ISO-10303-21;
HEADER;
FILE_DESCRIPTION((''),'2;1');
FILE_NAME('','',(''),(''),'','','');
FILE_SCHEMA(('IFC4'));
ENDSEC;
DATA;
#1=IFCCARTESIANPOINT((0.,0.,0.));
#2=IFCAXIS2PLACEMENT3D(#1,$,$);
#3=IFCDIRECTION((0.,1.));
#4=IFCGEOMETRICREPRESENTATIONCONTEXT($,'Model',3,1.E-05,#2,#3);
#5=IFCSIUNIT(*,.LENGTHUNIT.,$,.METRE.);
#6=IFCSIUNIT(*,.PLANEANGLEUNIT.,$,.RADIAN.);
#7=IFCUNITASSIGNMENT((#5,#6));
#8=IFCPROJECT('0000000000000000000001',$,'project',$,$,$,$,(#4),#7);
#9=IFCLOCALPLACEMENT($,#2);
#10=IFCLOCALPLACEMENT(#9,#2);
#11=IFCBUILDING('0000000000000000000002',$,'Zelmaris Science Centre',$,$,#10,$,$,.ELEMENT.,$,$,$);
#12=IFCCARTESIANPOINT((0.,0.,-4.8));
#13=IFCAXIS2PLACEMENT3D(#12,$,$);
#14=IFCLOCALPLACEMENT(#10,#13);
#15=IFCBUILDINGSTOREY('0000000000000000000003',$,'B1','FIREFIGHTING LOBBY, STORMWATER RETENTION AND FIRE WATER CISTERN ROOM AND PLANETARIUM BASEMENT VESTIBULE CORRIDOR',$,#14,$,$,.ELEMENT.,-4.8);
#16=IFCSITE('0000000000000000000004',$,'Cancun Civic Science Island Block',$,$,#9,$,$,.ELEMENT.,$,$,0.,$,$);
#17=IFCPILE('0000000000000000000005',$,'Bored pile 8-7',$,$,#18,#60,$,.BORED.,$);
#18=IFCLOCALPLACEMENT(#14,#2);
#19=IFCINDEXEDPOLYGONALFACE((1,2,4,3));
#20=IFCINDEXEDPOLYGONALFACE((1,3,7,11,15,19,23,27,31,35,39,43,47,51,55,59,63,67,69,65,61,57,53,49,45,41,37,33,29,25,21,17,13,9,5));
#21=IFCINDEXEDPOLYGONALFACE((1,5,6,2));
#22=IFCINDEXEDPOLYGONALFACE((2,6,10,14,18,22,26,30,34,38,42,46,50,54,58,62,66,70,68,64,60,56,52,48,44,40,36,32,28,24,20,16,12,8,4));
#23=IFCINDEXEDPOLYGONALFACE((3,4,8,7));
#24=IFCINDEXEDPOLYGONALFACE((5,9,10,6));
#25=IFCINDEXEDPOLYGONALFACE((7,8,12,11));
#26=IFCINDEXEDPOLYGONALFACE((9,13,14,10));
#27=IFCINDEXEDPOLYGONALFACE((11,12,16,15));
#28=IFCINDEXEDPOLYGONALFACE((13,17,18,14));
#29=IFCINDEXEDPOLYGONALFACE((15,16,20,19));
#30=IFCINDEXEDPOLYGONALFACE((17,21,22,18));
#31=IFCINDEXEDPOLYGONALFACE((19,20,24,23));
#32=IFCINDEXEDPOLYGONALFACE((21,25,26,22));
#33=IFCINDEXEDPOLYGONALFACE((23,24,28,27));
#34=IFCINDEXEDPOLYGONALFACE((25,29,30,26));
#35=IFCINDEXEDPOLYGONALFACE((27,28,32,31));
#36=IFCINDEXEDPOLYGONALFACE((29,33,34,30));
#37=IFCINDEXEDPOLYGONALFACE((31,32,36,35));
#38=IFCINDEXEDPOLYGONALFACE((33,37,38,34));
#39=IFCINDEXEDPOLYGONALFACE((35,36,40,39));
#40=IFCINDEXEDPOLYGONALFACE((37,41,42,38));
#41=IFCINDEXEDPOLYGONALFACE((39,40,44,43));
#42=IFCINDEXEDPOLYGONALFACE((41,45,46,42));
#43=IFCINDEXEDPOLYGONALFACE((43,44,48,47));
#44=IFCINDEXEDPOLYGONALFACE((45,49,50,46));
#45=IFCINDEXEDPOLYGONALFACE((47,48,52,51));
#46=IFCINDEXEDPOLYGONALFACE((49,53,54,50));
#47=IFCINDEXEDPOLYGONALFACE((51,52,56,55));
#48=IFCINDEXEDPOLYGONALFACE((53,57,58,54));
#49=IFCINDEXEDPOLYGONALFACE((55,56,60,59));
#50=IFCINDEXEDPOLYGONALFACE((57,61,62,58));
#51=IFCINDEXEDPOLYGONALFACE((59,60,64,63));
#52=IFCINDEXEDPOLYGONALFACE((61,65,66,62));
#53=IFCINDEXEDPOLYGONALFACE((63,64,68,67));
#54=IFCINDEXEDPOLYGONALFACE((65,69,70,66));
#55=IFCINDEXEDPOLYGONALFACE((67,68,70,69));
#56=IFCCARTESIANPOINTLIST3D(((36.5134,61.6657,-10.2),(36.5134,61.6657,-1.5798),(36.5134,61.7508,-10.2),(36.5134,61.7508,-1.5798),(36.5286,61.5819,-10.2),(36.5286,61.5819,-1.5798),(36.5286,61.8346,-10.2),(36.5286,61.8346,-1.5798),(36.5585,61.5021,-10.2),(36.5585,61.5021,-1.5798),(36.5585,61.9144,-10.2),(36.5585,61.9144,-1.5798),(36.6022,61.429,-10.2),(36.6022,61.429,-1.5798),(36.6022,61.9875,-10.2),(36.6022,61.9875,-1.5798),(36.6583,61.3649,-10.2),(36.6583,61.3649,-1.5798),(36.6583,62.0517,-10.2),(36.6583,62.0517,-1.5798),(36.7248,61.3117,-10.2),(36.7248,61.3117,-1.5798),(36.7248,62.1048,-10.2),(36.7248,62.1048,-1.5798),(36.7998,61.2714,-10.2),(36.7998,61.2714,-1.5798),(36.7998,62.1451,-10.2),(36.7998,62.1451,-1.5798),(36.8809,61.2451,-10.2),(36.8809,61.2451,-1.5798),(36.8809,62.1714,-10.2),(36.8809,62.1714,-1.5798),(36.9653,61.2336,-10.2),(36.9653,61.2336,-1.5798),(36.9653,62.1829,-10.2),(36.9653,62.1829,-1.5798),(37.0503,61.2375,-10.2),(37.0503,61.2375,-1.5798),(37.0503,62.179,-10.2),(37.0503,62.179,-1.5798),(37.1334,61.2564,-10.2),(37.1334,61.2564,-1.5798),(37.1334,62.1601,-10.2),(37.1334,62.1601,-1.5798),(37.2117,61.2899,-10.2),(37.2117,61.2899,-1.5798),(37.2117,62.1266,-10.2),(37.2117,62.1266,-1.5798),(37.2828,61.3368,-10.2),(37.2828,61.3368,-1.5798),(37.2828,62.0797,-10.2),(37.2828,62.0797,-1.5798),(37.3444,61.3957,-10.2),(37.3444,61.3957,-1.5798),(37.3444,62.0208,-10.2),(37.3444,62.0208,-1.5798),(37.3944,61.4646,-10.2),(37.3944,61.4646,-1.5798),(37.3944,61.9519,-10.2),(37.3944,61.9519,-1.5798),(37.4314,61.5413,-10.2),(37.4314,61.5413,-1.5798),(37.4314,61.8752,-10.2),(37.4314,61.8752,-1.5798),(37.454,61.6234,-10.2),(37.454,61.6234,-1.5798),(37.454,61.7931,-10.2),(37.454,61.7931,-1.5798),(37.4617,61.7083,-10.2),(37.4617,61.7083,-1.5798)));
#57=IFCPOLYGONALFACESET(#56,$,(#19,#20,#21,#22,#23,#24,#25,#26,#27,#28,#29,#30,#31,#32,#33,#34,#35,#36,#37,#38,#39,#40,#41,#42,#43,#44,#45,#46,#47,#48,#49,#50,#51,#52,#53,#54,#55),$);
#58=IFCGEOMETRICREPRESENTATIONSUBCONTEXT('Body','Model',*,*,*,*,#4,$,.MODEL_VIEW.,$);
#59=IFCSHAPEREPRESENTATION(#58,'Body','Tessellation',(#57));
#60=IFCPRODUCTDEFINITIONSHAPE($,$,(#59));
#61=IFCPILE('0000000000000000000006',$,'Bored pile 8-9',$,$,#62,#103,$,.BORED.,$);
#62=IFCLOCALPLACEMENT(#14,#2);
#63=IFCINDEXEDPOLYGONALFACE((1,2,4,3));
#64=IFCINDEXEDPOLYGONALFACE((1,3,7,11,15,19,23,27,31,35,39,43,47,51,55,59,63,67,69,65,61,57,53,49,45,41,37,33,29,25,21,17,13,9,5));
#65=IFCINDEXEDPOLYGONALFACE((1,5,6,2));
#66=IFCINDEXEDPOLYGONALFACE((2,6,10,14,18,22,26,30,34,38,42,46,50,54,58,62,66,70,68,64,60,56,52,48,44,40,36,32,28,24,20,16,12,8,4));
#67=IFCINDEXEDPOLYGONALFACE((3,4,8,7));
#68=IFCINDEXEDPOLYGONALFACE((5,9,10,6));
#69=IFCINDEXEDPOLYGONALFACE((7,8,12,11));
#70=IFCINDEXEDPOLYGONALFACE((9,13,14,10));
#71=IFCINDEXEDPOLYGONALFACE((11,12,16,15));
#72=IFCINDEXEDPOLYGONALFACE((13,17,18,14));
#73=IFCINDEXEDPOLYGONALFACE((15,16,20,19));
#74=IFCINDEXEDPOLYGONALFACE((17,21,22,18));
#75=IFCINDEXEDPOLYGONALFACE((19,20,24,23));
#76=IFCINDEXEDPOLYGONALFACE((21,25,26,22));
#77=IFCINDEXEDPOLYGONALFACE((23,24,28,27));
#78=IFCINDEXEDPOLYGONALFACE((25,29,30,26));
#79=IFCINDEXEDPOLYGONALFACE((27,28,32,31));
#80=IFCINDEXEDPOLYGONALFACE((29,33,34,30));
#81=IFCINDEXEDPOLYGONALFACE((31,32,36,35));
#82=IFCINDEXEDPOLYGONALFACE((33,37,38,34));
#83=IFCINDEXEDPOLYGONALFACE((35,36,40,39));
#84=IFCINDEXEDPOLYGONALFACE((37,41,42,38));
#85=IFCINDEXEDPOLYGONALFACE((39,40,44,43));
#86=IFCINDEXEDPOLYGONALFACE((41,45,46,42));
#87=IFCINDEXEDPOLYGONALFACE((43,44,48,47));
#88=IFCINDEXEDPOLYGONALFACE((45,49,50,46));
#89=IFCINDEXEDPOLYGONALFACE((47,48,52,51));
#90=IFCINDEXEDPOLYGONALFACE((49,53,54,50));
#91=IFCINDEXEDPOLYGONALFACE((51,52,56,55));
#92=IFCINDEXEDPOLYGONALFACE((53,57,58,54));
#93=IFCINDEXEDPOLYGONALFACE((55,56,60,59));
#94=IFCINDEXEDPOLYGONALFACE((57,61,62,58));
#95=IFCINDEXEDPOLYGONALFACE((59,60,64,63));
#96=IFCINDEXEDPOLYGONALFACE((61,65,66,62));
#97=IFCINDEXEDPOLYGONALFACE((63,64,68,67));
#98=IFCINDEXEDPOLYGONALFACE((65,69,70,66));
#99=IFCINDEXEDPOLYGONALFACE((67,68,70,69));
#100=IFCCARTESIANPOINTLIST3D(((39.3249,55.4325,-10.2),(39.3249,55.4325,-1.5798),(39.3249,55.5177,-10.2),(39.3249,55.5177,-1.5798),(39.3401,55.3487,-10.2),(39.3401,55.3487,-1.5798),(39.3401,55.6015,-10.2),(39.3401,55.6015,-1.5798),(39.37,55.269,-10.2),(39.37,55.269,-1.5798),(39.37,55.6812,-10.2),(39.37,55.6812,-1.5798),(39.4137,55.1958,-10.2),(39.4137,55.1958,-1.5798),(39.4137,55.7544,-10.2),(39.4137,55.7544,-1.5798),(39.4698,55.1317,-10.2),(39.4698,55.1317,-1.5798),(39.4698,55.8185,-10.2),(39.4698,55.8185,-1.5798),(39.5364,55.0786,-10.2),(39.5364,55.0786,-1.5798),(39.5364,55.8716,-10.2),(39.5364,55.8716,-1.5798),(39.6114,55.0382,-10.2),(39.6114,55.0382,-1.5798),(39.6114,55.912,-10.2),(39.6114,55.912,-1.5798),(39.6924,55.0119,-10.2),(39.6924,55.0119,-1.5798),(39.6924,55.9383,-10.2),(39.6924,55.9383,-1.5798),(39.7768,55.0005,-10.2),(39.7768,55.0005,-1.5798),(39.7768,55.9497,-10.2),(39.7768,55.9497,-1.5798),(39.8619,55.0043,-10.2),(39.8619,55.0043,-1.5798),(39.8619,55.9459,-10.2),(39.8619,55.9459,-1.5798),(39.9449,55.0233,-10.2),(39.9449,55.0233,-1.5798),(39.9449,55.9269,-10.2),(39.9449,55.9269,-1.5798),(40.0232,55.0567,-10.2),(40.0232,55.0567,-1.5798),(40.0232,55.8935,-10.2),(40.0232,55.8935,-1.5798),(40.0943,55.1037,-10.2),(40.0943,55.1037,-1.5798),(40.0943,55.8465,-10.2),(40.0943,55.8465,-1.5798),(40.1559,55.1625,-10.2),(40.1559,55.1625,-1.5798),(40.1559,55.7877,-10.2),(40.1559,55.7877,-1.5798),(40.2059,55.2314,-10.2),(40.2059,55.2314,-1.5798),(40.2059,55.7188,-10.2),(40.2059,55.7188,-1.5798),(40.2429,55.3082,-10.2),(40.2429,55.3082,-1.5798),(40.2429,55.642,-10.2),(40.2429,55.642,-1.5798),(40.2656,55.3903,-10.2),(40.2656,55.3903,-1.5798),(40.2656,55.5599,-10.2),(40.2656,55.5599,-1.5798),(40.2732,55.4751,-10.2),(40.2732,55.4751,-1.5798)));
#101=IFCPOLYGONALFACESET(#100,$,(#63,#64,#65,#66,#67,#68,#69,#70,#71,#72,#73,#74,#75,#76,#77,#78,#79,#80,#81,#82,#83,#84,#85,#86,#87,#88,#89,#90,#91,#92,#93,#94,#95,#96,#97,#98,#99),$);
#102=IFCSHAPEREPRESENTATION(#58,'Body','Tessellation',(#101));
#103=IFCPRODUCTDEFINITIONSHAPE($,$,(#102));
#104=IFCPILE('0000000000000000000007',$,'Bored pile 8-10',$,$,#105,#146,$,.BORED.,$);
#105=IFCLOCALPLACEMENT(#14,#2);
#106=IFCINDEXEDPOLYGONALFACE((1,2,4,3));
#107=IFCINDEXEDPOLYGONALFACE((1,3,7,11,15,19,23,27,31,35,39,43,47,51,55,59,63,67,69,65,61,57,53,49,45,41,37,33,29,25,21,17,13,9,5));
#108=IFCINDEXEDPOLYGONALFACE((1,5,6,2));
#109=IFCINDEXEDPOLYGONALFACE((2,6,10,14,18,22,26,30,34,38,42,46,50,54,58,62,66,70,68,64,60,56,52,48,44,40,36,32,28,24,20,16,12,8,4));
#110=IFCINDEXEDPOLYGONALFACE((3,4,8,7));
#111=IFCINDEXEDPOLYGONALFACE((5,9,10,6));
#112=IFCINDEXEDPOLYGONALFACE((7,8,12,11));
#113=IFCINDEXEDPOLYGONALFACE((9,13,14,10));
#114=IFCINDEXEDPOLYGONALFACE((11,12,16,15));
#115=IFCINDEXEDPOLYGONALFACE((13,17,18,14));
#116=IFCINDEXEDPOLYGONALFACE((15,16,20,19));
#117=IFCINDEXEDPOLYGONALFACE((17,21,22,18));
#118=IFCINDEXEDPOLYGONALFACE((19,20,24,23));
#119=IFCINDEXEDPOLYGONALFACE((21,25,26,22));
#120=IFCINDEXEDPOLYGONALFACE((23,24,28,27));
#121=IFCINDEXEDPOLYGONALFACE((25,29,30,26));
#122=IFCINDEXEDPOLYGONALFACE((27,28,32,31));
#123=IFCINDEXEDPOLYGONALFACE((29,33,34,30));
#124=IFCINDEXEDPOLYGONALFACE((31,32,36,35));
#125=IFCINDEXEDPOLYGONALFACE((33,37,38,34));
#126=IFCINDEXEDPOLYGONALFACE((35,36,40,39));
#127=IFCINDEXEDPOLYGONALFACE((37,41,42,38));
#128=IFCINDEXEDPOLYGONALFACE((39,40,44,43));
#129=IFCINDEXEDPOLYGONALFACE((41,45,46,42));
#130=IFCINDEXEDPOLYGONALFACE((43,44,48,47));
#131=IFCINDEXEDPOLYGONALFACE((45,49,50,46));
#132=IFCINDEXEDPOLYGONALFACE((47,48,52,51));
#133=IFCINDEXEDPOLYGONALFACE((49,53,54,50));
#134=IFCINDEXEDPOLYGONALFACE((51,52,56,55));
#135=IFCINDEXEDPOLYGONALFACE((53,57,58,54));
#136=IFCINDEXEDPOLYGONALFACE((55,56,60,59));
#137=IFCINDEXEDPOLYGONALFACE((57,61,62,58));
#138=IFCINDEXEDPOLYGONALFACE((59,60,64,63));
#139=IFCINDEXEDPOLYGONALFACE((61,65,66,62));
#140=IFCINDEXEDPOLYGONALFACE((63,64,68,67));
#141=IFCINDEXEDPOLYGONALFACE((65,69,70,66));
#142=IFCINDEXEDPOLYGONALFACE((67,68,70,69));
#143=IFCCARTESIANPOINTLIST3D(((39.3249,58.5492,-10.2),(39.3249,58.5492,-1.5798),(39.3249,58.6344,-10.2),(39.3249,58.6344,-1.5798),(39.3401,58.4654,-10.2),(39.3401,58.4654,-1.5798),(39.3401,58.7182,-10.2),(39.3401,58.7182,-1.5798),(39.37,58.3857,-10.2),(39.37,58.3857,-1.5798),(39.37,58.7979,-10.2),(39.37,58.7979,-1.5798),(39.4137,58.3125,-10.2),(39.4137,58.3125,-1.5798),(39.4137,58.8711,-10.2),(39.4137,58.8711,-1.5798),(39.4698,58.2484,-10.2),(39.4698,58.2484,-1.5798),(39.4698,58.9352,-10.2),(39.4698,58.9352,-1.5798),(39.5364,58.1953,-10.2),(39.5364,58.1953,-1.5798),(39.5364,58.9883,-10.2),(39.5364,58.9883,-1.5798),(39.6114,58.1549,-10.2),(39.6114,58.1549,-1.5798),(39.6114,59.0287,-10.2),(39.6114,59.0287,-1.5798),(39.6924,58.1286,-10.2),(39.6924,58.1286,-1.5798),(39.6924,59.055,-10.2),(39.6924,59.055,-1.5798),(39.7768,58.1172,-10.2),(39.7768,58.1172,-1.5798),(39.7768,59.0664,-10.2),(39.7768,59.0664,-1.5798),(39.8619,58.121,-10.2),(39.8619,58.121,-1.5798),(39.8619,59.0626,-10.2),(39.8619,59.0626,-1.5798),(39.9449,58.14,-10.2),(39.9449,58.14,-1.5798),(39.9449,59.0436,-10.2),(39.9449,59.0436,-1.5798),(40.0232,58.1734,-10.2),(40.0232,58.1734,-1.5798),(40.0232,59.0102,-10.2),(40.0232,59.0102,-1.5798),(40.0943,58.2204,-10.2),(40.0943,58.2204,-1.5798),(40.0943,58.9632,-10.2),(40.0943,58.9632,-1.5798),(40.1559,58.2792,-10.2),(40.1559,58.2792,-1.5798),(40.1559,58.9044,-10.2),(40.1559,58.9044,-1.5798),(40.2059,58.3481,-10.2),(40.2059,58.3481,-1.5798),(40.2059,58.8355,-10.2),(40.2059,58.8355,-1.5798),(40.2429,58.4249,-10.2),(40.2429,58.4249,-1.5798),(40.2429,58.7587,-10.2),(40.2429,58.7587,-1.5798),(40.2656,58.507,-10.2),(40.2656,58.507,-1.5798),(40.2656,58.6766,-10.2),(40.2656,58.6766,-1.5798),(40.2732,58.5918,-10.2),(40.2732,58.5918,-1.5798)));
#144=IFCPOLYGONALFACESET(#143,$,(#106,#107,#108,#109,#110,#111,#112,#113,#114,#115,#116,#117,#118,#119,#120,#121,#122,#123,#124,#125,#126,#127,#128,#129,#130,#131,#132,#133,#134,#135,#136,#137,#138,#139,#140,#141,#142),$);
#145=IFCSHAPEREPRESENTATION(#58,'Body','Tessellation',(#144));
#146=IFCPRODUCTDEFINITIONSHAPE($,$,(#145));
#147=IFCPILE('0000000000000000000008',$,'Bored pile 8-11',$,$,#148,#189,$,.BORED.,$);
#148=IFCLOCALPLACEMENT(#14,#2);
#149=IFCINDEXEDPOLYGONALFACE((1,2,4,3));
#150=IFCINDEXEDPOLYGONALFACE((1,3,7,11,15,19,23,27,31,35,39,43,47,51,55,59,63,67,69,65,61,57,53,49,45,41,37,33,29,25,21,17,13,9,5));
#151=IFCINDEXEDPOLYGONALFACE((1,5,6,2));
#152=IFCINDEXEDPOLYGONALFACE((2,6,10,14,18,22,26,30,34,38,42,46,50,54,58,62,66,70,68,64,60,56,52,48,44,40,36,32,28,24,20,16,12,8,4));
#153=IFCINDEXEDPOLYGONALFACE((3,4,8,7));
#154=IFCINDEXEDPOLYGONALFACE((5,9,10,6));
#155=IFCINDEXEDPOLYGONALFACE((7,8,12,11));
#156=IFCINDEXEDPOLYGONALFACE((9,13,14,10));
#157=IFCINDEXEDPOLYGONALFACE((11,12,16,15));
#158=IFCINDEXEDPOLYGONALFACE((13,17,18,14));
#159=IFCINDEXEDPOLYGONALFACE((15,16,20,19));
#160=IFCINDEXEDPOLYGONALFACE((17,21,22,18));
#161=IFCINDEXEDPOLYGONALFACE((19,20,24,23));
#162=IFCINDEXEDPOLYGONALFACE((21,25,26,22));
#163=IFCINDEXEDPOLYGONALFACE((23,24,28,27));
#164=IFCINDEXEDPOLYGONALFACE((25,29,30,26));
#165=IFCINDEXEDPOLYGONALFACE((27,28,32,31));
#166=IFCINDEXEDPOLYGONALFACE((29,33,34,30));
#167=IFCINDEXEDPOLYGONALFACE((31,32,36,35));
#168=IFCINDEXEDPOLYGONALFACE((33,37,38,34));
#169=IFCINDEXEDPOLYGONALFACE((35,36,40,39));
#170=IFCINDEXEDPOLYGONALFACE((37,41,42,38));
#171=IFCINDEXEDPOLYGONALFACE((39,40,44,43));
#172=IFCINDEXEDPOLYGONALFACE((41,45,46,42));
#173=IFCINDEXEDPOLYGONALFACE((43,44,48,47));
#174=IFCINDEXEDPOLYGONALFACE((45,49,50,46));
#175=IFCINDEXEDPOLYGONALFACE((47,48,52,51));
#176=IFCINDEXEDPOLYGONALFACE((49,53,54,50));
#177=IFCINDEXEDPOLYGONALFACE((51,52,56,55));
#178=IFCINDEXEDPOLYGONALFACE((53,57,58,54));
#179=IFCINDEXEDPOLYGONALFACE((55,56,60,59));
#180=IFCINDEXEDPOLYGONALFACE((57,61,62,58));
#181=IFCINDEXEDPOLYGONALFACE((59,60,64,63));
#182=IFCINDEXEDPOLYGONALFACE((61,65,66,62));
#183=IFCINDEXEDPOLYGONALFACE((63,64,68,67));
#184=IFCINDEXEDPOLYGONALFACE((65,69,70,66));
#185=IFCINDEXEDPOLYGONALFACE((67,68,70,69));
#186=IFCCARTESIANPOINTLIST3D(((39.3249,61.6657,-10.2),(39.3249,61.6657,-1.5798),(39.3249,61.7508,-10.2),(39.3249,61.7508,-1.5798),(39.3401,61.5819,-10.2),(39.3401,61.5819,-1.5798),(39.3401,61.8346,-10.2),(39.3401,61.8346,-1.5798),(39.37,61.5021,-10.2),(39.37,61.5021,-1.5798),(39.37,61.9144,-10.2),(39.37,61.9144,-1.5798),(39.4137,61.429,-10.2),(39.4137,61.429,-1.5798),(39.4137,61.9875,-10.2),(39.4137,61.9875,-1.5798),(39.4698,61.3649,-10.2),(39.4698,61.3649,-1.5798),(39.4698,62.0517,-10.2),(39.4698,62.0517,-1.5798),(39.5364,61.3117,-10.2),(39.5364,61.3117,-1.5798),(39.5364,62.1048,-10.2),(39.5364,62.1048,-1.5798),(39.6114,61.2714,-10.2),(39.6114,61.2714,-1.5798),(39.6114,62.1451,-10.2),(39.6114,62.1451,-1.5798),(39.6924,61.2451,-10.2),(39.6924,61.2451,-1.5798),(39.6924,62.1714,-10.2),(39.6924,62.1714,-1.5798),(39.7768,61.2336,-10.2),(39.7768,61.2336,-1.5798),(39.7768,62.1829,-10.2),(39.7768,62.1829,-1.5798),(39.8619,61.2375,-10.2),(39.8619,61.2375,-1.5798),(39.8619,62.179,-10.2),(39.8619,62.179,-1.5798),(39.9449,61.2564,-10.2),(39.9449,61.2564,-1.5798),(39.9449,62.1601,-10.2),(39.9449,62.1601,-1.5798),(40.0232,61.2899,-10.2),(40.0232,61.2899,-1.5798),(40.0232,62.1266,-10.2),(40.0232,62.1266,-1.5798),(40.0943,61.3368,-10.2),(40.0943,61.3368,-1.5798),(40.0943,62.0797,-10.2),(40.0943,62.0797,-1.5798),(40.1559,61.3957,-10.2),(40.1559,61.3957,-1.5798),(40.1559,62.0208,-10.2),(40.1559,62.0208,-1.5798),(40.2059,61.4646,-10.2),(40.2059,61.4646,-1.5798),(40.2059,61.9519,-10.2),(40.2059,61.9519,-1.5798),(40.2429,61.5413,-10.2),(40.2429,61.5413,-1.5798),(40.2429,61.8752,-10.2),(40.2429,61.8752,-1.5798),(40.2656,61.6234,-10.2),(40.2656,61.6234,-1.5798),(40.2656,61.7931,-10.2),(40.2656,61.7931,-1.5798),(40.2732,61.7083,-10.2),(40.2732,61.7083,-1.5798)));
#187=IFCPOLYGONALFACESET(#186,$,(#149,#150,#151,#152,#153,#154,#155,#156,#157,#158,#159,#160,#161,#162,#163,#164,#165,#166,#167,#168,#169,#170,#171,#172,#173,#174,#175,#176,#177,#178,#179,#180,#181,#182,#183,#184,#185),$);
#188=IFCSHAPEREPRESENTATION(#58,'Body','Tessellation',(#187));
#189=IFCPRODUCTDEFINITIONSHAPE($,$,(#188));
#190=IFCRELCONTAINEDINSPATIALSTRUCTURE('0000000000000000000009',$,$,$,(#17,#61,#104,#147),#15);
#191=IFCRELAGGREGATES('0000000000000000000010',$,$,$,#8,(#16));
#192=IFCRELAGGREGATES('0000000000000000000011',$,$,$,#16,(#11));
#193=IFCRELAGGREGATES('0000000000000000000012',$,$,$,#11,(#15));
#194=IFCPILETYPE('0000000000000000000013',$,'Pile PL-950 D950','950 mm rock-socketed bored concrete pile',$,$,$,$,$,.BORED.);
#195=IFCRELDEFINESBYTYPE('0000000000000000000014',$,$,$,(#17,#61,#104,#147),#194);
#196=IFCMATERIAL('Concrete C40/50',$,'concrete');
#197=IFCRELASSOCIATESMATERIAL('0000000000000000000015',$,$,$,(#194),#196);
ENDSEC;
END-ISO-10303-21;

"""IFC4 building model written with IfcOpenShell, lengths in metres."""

from ifc_helpers import new_model, si_unit, direction, frame, origin, origin_2d, place, context, subcontext, project, spatial, circle, extrude, material, material_profile, profile_set, type_object, element, save


model = new_model("IFC4")

# Units and contexts
model_context = context("Model", 3, precision=1e-05, world=origin(), true_north=direction((0.0, 1.0)))
body_context = subcontext(model_context, "Body", "Model", "MODEL_VIEW")
ifc_project = project(units=[si_unit("LENGTHUNIT", "METRE"), si_unit("PLANEANGLEUNIT", "RADIAN")], contexts=[model_context])

# Site, building, storey
site_placement = place(None, origin())
site = spatial("IfcSite", under=ifc_project, at=site_placement, Name="Cancun Civic Science Island Block", CompositionType="ELEMENT", RefElevation=0.0)
building_placement = place(site_placement, origin())
building = spatial("IfcBuilding", under=site, at=building_placement, Name="Zelmaris Science Centre", CompositionType="ELEMENT")
storey_placement = place(building_placement, frame((0.0, 0.0, -4.8)))
storey = spatial("IfcBuildingStorey", under=building, at=storey_placement, Name="B1", Description="FIREFIGHTING LOBBY, STORMWATER RETENTION AND FIRE WATER CISTERN ROOM AND PLANETARIUM BASEMENT VESTIBULE CORRIDOR", CompositionType="ELEMENT", Elevation=-4.8)

# Shared definitions
ifc_material_1 = material(Name="Concrete C40/50", Category="concrete")

# Piles
ifc_material_profile_1 = material_profile(ifc_material_1, circle(Radius=0.4751, at=origin_2d()), Name="PILE-950")
ifc_profile_set_1 = profile_set([ifc_material_profile_1], Name="Concrete C40/50")
pile_type_1 = type_object("IfcPileType", Name="Pile PL-950 D950", Description="950 mm rock-socketed bored concrete pile", PredefinedType="BORED", material=ifc_profile_set_1)
for number, where, z_axis, x_axis, name in (
    (1, (36.9866, 61.7083, -1.5798), (0.0, 0.0, -1.0), (1.0, 0.0, 0.0), "Bored pile 8-7"),
    (2, (39.7981, 55.4751, -1.5798), (0.0, 0.0, -1.0), (1.0, 0.0, 0.0), "Bored pile 8-9"),
    (3, (39.7981, 58.5918, -1.5798), (0.0, 0.0, -1.0), (1.0, 0.0, 0.0), "Bored pile 8-10"),
    (4, (39.7981, 61.7083, -1.5798), (0.0, 0.0, -1.0), (1.0, 0.0, 0.0), "Bored pile 8-11"),
):
    element("IfcPile", number, at=place(storey_placement, frame(where, z_axis=z_axis, x_axis=x_axis)), inside=storey, type_object=pile_type_1, Name=name, PredefinedType="BORED", context=body_context, shape_type="SweptSolid", body=[
        extrude(circle(Radius=0.4751, at=origin_2d()), origin(), (0.0, 0.0, 1.0), 8.6201),
    ])

save(model, "model.ifc")
